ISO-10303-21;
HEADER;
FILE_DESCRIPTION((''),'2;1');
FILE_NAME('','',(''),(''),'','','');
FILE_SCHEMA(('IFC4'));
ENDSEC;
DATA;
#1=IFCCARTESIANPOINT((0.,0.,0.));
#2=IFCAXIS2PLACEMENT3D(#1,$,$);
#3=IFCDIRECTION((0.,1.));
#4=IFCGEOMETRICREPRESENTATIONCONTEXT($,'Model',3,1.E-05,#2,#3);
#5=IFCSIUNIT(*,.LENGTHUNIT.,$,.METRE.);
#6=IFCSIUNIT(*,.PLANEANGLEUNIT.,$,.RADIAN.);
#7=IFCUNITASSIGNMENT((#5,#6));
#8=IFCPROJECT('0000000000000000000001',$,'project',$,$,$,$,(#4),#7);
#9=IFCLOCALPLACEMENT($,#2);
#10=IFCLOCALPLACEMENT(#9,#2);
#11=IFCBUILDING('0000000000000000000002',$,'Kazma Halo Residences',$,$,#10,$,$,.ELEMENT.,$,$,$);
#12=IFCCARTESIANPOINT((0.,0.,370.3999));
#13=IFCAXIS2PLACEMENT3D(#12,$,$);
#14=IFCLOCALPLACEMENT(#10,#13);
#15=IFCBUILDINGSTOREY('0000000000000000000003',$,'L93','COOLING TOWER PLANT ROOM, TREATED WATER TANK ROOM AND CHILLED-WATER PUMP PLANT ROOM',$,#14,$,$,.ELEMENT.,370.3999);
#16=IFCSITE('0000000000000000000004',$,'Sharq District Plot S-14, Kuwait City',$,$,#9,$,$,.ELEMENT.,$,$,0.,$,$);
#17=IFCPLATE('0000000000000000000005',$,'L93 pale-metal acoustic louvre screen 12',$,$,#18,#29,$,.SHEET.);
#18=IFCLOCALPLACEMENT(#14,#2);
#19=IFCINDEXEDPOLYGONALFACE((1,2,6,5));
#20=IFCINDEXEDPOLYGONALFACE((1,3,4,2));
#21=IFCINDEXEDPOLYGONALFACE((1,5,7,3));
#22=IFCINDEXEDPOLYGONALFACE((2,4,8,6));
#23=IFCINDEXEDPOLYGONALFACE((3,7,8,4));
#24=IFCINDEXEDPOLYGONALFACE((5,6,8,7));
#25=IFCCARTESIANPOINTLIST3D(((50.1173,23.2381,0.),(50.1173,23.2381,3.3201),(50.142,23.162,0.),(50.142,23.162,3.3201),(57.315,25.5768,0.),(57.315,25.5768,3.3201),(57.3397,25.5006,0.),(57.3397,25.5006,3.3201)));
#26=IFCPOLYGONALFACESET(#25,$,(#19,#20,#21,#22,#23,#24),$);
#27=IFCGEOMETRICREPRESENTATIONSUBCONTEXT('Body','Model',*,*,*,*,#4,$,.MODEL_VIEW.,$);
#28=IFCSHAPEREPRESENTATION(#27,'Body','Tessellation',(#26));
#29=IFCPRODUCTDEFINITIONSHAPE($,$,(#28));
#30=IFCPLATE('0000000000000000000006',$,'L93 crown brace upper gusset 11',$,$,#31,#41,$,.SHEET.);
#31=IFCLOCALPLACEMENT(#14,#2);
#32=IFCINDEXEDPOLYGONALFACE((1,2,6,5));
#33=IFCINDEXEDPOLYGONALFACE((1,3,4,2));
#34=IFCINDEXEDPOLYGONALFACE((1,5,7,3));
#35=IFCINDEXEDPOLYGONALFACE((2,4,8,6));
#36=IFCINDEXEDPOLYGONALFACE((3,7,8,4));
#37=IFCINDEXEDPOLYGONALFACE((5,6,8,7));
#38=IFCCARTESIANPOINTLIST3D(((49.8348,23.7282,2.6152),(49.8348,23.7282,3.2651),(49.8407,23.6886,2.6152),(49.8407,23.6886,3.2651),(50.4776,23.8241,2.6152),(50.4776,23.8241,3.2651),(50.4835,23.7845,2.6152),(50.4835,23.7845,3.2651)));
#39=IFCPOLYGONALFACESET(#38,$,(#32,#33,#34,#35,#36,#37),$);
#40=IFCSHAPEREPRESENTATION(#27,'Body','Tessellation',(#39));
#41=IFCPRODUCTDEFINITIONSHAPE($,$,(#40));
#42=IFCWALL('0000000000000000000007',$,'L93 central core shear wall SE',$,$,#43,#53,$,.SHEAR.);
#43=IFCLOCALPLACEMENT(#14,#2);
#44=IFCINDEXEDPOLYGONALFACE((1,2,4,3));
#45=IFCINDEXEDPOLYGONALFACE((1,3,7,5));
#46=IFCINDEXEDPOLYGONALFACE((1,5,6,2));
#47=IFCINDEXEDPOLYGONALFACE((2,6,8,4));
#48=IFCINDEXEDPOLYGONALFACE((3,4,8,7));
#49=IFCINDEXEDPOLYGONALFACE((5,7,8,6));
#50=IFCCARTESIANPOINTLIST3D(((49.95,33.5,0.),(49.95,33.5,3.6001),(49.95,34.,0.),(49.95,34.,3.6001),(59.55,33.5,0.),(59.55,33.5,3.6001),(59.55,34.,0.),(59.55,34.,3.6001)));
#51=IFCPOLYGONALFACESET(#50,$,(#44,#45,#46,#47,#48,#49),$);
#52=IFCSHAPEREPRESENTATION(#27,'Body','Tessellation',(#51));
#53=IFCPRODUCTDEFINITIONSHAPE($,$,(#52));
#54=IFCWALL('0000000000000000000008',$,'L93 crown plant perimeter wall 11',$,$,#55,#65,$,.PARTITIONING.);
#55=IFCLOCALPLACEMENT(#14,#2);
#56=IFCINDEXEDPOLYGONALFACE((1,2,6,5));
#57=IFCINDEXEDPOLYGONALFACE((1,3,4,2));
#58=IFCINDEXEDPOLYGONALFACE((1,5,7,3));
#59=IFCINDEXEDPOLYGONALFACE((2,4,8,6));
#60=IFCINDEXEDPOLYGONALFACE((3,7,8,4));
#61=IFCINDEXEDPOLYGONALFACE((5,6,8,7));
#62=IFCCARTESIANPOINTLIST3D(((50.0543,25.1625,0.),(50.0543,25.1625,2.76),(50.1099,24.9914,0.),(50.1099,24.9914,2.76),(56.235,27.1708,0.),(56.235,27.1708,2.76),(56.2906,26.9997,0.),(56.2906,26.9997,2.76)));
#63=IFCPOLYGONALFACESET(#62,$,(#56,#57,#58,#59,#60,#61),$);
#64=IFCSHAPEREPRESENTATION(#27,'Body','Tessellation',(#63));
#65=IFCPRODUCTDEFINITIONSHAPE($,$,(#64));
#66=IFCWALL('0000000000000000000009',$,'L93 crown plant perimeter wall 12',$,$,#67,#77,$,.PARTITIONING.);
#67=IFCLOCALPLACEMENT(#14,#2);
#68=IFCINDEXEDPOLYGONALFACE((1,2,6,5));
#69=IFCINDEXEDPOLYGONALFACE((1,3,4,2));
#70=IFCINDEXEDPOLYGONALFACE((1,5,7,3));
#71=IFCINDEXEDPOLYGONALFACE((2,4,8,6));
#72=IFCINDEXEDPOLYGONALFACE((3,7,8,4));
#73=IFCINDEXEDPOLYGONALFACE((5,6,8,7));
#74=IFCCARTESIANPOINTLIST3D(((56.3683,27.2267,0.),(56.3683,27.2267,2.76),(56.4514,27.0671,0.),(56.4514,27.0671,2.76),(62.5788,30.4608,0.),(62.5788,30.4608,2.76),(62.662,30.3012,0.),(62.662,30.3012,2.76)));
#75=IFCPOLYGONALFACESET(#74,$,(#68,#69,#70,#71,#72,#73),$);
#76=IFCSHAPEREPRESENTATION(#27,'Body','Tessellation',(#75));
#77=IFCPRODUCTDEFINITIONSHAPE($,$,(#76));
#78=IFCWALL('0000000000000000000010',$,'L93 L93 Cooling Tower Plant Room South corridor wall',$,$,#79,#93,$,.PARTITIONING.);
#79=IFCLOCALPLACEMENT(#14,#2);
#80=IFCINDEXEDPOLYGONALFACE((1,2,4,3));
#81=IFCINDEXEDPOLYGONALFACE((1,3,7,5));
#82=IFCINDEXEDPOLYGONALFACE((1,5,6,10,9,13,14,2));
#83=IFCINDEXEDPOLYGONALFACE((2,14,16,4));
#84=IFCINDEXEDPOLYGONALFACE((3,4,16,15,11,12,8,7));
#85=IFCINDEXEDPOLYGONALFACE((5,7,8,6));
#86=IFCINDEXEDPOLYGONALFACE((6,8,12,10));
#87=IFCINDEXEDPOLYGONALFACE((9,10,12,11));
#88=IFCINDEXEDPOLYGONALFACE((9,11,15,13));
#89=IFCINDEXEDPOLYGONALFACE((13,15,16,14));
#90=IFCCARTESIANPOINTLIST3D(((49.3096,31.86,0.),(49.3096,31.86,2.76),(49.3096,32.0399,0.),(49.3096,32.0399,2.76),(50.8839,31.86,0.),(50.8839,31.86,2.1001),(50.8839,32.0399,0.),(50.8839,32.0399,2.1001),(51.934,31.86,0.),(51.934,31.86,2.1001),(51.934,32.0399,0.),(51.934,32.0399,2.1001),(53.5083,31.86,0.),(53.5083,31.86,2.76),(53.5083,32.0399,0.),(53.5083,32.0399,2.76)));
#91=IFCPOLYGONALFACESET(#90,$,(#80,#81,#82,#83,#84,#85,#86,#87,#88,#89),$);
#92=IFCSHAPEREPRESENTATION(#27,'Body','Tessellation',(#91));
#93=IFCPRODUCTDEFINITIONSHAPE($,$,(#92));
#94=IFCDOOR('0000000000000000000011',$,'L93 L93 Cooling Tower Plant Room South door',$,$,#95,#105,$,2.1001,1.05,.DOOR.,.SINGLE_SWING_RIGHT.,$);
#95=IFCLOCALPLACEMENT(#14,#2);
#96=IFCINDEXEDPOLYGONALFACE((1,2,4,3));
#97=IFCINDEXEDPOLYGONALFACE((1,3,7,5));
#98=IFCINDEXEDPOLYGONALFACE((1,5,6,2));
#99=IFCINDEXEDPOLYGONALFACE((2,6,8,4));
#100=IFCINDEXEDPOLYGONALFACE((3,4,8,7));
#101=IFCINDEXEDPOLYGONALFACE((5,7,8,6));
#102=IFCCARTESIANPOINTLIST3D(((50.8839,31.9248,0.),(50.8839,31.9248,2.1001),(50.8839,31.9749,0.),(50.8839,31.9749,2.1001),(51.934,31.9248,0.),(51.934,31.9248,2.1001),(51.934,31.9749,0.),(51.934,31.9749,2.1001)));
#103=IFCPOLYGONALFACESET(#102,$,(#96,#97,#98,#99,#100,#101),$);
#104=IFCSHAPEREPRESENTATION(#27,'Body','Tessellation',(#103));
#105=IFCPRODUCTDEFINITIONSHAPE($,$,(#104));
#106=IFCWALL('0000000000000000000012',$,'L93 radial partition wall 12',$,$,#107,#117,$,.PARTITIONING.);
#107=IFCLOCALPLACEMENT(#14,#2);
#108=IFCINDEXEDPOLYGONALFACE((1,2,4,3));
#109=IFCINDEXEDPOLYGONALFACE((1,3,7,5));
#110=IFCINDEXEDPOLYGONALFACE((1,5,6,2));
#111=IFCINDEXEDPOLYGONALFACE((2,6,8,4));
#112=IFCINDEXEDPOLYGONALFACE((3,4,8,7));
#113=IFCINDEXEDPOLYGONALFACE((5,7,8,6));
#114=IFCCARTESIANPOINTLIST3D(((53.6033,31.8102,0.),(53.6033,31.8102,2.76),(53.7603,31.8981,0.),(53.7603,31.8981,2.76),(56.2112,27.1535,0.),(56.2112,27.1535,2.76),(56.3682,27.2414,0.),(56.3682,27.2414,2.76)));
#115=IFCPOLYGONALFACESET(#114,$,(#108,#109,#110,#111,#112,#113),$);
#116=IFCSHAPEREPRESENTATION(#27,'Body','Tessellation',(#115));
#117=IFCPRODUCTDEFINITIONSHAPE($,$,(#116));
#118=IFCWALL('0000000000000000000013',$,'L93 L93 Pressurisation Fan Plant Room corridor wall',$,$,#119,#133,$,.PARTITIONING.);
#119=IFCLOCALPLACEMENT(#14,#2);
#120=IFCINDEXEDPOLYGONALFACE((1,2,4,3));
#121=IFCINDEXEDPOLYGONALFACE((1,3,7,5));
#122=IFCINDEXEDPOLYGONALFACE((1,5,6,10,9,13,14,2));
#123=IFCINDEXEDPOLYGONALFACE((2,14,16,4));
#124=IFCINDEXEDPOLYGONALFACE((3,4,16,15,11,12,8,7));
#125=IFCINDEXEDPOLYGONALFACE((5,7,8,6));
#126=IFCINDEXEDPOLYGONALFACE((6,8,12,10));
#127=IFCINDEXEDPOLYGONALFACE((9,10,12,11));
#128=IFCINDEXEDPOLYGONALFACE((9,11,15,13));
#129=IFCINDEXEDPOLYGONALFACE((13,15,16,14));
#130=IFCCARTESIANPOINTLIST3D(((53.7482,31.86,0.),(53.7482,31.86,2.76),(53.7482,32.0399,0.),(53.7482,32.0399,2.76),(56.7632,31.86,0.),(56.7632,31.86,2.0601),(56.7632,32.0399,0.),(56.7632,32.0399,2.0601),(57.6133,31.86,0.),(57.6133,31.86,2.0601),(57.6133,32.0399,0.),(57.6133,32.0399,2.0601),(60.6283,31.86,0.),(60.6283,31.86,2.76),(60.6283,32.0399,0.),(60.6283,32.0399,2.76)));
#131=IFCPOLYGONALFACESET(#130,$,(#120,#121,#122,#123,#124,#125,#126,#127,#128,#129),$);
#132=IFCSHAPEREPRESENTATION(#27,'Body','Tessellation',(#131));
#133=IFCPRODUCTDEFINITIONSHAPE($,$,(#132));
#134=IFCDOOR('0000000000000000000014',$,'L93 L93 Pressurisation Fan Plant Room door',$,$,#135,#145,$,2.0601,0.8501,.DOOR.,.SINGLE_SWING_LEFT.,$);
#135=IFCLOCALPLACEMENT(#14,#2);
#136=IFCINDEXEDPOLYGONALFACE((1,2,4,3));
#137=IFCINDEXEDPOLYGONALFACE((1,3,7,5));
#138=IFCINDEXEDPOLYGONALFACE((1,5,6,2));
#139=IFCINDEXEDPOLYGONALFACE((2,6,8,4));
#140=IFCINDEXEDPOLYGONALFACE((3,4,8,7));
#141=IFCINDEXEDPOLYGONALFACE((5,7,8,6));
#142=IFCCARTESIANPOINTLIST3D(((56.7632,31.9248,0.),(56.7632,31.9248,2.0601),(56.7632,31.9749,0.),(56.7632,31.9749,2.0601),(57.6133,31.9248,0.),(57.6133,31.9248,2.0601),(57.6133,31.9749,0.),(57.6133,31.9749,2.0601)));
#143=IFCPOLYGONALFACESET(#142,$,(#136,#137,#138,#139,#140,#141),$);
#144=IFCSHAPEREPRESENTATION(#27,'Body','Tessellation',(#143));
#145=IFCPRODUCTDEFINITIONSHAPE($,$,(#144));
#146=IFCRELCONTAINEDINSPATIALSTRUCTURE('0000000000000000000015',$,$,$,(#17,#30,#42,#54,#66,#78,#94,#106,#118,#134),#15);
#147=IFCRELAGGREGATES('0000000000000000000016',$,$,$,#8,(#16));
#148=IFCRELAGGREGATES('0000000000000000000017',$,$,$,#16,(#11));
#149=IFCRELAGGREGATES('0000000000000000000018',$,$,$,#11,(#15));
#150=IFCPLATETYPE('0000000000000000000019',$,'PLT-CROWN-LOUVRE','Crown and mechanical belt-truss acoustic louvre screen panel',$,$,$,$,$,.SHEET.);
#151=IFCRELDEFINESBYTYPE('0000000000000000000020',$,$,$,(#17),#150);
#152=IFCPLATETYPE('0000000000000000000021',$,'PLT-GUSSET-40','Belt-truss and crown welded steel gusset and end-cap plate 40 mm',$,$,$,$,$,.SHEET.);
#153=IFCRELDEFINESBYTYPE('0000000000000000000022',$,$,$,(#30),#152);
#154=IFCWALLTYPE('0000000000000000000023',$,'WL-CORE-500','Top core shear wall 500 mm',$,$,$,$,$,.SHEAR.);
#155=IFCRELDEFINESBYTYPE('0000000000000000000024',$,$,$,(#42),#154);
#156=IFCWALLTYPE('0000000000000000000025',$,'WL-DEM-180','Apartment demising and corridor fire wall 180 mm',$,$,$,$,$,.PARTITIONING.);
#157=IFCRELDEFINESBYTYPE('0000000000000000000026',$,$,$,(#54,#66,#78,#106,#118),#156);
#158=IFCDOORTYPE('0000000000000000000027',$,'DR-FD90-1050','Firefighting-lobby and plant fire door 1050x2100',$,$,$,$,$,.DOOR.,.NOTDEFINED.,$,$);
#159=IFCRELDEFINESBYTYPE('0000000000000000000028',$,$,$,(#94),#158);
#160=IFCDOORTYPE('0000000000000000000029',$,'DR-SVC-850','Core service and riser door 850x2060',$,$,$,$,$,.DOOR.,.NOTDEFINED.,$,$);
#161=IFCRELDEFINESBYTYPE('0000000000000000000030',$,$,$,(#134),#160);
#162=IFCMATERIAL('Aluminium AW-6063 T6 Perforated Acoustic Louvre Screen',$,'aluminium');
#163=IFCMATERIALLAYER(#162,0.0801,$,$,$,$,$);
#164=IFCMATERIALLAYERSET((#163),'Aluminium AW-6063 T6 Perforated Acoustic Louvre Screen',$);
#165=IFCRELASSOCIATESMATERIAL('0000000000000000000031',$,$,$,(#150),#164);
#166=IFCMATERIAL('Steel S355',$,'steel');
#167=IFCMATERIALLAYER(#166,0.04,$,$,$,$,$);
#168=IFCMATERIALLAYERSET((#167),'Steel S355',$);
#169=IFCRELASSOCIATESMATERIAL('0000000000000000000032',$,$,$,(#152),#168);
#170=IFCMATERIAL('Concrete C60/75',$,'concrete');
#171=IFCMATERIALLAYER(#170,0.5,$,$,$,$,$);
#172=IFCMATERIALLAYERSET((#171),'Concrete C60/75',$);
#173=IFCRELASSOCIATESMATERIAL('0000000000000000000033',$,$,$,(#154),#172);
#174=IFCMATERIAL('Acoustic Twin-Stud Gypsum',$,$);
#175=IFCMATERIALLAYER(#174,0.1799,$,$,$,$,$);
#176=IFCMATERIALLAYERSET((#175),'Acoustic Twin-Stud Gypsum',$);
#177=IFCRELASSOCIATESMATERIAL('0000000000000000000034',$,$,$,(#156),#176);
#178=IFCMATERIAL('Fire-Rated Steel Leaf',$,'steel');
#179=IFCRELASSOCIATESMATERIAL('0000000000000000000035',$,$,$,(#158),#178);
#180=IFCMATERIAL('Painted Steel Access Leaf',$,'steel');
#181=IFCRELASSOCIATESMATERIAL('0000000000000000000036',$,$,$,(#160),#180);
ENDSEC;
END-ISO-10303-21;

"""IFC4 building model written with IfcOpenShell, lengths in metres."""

from ifc_helpers import new_model, si_unit, direction, frame, frame_2d, origin, origin_2d, place, context, subcontext, project, spatial, rectangle, extrude, material, layer, layer_set, type_object, element, fill, save


model = new_model("IFC4")

# Units and contexts
model_context = context("Model", 3, precision=1e-05, world=origin(), true_north=direction((0.0, 1.0)))
body_context = subcontext(model_context, "Body", "Model", "MODEL_VIEW")
ifc_project = project(units=[si_unit("LENGTHUNIT", "METRE"), si_unit("PLANEANGLEUNIT", "RADIAN")], contexts=[model_context])

# Site, building, storey
site_placement = place(None, origin())
site = spatial("IfcSite", under=ifc_project, at=site_placement, Name="Sharq District Plot S-14, Kuwait City", CompositionType="ELEMENT", RefElevation=0.0)
building_placement = place(site_placement, origin())
building = spatial("IfcBuilding", under=site, at=building_placement, Name="Kazma Halo Residences", CompositionType="ELEMENT")
storey_placement = place(building_placement, frame((0.0, 0.0, 370.3999)))
storey = spatial("IfcBuildingStorey", under=building, at=storey_placement, Name="L93", Description="COOLING TOWER PLANT ROOM, TREATED WATER TANK ROOM AND CHILLED-WATER PUMP PLANT ROOM", CompositionType="ELEMENT", Elevation=370.3999)

# Shared definitions
ifc_material_1 = material(Name="Steel S355", Category="steel")

# Plates
ifc_material_2 = material(Name="Aluminium AW-6063 T6 Perforated Acoustic Louvre Screen", Category="aluminium")
ifc_layer_1 = layer(ifc_material_2, 0.0801)
ifc_layer_set_1 = layer_set([ifc_layer_1], Name="Aluminium AW-6063 T6 Perforated Acoustic Louvre Screen")
plate_type_1 = type_object("IfcPlateType", Name="PLT-CROWN-LOUVRE", Description="Crown and mechanical belt-truss acoustic louvre screen panel", PredefinedType="SHEET", material=ifc_layer_set_1)
plate_1_placement = place(storey_placement, frame((53.7285, 24.3694, 0.0), z_axis=(0.0, 0.0, 1.0), x_axis=(0.951058, 0.309012, 0.0)))
element("IfcPlate", 1, at=plate_1_placement, inside=storey, type_object=plate_type_1, Name="L93 pale-metal acoustic louvre screen 12", PredefinedType="SHEET", context=body_context, shape_type="SweptSolid", body=[
    extrude(rectangle(XDim=7.5681, YDim=0.0801, at=origin_2d()), origin(), (0.0, 0.0, 1.0), 3.3201),
])
ifc_layer_2 = layer(ifc_material_1, 0.04)
ifc_layer_set_2 = layer_set([ifc_layer_2], Name="Steel S355")
plate_type_2 = type_object("IfcPlateType", Name="PLT-GUSSET-40", Description="Belt-truss and crown welded steel gusset and end-cap plate 40 mm", PredefinedType="SHEET", material=ifc_layer_set_2)
plate_2_placement = place(storey_placement, frame((50.1592, 23.7563, 2.6152), z_axis=(0.0, 0.0, 1.0), x_axis=(0.989034, 0.147687, 0.0)))
element("IfcPlate", 2, at=plate_2_placement, inside=storey, type_object=plate_type_2, Name="L93 crown brace upper gusset 11", PredefinedType="SHEET", context=body_context, shape_type="SweptSolid", body=[
    extrude(rectangle(XDim=0.6499, YDim=0.04, at=origin_2d()), origin(), (0.0, 0.0, 1.0), 0.6499),
])

# Walls
ifc_material_3 = material(Name="Concrete C60/75", Category="concrete")
ifc_layer_3 = layer(ifc_material_3, 0.5)
ifc_layer_set_3 = layer_set([ifc_layer_3], Name="Concrete C60/75")
wall_type_1 = type_object("IfcWallType", Name="WL-CORE-500", Description="Top core shear wall 500 mm", PredefinedType="SHEAR", material=ifc_layer_set_3)
wall_1_placement = place(storey_placement, frame((49.95, 33.75, 0.0), z_axis=(0.0, 0.0, 1.0), x_axis=(1.0, 0.0, 0.0)))
element("IfcWall", 3, at=wall_1_placement, inside=storey, type_object=wall_type_1, Name="L93 central core shear wall SE", PredefinedType="SHEAR", context=body_context, shape_type="SweptSolid", body=[
    extrude(rectangle(XDim=9.6001, YDim=0.5, at=frame_2d((4.8, 0.0))), origin(), (0.0, 0.0, 1.0), 3.6001),
])
ifc_material_4 = material(Name="Acoustic Twin-Stud Gypsum")
ifc_layer_4 = layer(ifc_material_4, 0.1799)
ifc_layer_set_4 = layer_set([ifc_layer_4], Name="Acoustic Twin-Stud Gypsum")
wall_type_2 = type_object("IfcWallType", Name="WL-DEM-180", Description="Apartment demising and corridor fire wall 180 mm", PredefinedType="PARTITIONING", material=ifc_layer_set_4)
wall_2_placement = place(storey_placement, frame((50.082, 25.0769, 0.0), z_axis=(0.0, 0.0, 1.0), x_axis=(0.951053, 0.309028, 0.0)))
element("IfcWall", 4, at=wall_2_placement, inside=storey, type_object=wall_type_2, Name="L93 crown plant perimeter wall 11", PredefinedType="PARTITIONING", context=body_context, shape_type="SweptSolid", body=[
    extrude(rectangle(XDim=6.4988, YDim=0.1799, at=frame_2d((3.2495, 0.0))), origin(), (0.0, 0.0, 1.0), 2.76),
])
wall_3_placement = place(storey_placement, frame((56.4099, 27.147, 0.0), z_axis=(0.0, 0.0, 1.0), x_axis=(0.886949, 0.461866, 0.0)))
element("IfcWall", 5, at=wall_3_placement, inside=storey, type_object=wall_type_2, Name="L93 crown plant perimeter wall 12", PredefinedType="PARTITIONING", context=body_context, shape_type="SweptSolid", body=[
    extrude(rectangle(XDim=7.0022, YDim=0.1799, at=frame_2d((3.501, 0.0))), origin(), (0.0, 0.0, 1.0), 2.76),
])

# Wall, opening, door
wall_4_placement = place(storey_placement, frame((49.3096, 31.95, 0.0), z_axis=(0.0, 0.0, 1.0), x_axis=(1.0, 0.0, 0.0)))
wall_4 = element("IfcWall", 6, at=wall_4_placement, inside=storey, type_object=wall_type_2, Name="L93 L93 Cooling Tower Plant Room South corridor wall", PredefinedType="PARTITIONING", context=body_context, shape_type="SweptSolid", body=[
    extrude(rectangle(XDim=4.1987, YDim=0.1799, at=frame_2d((2.0994, 0.0))), origin(), (0.0, 0.0, 1.0), 2.76),
])
opening_1_placement = place(wall_4_placement, frame((1.5745, 0.0, 0.0)))
opening_1 = element("IfcOpeningElement", 7, at=opening_1_placement, cuts=wall_4, PredefinedType="OPENING", context=body_context, shape_type="SweptSolid", body=[
    extrude(rectangle(XDim=1.05, YDim=2.1001, at=frame_2d((0.5249, 1.05))), frame((0.0, 0.0999, 0.0), z_axis=(0.0, -1.0, 0.0), x_axis=(1.0, 0.0, 0.0)), (0.0, 0.0, 1.0), 0.2),
])
ifc_material_5 = material(Name="Fire-Rated Steel Leaf", Category="steel")
door_type_1 = type_object("IfcDoorType", Name="DR-FD90-1050", Description="Firefighting-lobby and plant fire door 1050x2100", OperationType="NOTDEFINED", PredefinedType="DOOR", material=ifc_material_5)
door_1_placement = place(opening_1_placement, origin())
door_1 = element("IfcDoor", 8, at=door_1_placement, inside=storey, type_object=door_type_1, Name="L93 L93 Cooling Tower Plant Room South door", OperationType="SINGLE_SWING_RIGHT", OverallHeight=2.1001, OverallWidth=1.05, PredefinedType="DOOR", context=body_context, shape_type="SweptSolid", body=[
    extrude(rectangle(XDim=1.05, YDim=2.1001, at=frame_2d((0.5249, 1.05))), frame((0.0, 0.0249, 0.0), z_axis=(0.0, -1.0, 0.0), x_axis=(1.0, 0.0, 0.0)), (0.0, 0.0, 1.0), 0.05),
])
fill(opening_1, door_1)

# Wall
wall_5_placement = place(storey_placement, frame((53.6819, 31.854, 0.0), z_axis=(0.0, 0.0, 1.0), x_axis=(0.488623, -0.872495, 0.0)))
element("IfcWall", 9, at=wall_5_placement, inside=storey, type_object=wall_type_2, Name="L93 radial partition wall 12", PredefinedType="PARTITIONING", context=body_context, shape_type="SweptSolid", body=[
    extrude(rectangle(XDim=5.3372, YDim=0.1799, at=frame_2d((2.6685, 0.0))), origin(), (0.0, 0.0, 1.0), 2.76),
])

# Wall, opening, door
wall_6_placement = place(storey_placement, frame((53.7483, 31.95, 0.0), z_axis=(0.0, 0.0, 1.0), x_axis=(1.0, 0.0, 0.0)))
wall_6 = element("IfcWall", 10, at=wall_6_placement, inside=storey, type_object=wall_type_2, Name="L93 L93 Pressurisation Fan Plant Room corridor wall", PredefinedType="PARTITIONING", context=body_context, shape_type="SweptSolid", body=[
    extrude(rectangle(XDim=6.8801, YDim=0.1799, at=frame_2d((3.4399, 0.0))), origin(), (0.0, 0.0, 1.0), 2.76),
])
opening_2_placement = place(wall_6_placement, frame((3.0149, 0.0, 0.0)))
opening_2 = element("IfcOpeningElement", 11, at=opening_2_placement, cuts=wall_6, PredefinedType="OPENING", context=body_context, shape_type="SweptSolid", body=[
    extrude(rectangle(XDim=0.8501, YDim=2.0601, at=frame_2d((0.425, 1.03))), frame((0.0, 0.0999, 0.0), z_axis=(0.0, -1.0, 0.0), x_axis=(1.0, 0.0, 0.0)), (0.0, 0.0, 1.0), 0.2),
])
ifc_material_6 = material(Name="Painted Steel Access Leaf", Category="steel")
door_type_2 = type_object("IfcDoorType", Name="DR-SVC-850", Description="Core service and riser door 850x2060", OperationType="NOTDEFINED", PredefinedType="DOOR", material=ifc_material_6)
door_2_placement = place(opening_2_placement, origin())
door_2 = element("IfcDoor", 12, at=door_2_placement, inside=storey, type_object=door_type_2, Name="L93 L93 Pressurisation Fan Plant Room door", OperationType="SINGLE_SWING_LEFT", OverallHeight=2.0601, OverallWidth=0.8501, PredefinedType="DOOR", context=body_context, shape_type="SweptSolid", body=[
    extrude(rectangle(XDim=0.8501, YDim=2.0601, at=frame_2d((0.425, 1.03))), frame((0.0, 0.0249, 0.0), z_axis=(0.0, -1.0, 0.0), x_axis=(1.0, 0.0, 0.0)), (0.0, 0.0, 1.0), 0.05),
])
fill(opening_2, door_2)

save(model, "model.ifc")
